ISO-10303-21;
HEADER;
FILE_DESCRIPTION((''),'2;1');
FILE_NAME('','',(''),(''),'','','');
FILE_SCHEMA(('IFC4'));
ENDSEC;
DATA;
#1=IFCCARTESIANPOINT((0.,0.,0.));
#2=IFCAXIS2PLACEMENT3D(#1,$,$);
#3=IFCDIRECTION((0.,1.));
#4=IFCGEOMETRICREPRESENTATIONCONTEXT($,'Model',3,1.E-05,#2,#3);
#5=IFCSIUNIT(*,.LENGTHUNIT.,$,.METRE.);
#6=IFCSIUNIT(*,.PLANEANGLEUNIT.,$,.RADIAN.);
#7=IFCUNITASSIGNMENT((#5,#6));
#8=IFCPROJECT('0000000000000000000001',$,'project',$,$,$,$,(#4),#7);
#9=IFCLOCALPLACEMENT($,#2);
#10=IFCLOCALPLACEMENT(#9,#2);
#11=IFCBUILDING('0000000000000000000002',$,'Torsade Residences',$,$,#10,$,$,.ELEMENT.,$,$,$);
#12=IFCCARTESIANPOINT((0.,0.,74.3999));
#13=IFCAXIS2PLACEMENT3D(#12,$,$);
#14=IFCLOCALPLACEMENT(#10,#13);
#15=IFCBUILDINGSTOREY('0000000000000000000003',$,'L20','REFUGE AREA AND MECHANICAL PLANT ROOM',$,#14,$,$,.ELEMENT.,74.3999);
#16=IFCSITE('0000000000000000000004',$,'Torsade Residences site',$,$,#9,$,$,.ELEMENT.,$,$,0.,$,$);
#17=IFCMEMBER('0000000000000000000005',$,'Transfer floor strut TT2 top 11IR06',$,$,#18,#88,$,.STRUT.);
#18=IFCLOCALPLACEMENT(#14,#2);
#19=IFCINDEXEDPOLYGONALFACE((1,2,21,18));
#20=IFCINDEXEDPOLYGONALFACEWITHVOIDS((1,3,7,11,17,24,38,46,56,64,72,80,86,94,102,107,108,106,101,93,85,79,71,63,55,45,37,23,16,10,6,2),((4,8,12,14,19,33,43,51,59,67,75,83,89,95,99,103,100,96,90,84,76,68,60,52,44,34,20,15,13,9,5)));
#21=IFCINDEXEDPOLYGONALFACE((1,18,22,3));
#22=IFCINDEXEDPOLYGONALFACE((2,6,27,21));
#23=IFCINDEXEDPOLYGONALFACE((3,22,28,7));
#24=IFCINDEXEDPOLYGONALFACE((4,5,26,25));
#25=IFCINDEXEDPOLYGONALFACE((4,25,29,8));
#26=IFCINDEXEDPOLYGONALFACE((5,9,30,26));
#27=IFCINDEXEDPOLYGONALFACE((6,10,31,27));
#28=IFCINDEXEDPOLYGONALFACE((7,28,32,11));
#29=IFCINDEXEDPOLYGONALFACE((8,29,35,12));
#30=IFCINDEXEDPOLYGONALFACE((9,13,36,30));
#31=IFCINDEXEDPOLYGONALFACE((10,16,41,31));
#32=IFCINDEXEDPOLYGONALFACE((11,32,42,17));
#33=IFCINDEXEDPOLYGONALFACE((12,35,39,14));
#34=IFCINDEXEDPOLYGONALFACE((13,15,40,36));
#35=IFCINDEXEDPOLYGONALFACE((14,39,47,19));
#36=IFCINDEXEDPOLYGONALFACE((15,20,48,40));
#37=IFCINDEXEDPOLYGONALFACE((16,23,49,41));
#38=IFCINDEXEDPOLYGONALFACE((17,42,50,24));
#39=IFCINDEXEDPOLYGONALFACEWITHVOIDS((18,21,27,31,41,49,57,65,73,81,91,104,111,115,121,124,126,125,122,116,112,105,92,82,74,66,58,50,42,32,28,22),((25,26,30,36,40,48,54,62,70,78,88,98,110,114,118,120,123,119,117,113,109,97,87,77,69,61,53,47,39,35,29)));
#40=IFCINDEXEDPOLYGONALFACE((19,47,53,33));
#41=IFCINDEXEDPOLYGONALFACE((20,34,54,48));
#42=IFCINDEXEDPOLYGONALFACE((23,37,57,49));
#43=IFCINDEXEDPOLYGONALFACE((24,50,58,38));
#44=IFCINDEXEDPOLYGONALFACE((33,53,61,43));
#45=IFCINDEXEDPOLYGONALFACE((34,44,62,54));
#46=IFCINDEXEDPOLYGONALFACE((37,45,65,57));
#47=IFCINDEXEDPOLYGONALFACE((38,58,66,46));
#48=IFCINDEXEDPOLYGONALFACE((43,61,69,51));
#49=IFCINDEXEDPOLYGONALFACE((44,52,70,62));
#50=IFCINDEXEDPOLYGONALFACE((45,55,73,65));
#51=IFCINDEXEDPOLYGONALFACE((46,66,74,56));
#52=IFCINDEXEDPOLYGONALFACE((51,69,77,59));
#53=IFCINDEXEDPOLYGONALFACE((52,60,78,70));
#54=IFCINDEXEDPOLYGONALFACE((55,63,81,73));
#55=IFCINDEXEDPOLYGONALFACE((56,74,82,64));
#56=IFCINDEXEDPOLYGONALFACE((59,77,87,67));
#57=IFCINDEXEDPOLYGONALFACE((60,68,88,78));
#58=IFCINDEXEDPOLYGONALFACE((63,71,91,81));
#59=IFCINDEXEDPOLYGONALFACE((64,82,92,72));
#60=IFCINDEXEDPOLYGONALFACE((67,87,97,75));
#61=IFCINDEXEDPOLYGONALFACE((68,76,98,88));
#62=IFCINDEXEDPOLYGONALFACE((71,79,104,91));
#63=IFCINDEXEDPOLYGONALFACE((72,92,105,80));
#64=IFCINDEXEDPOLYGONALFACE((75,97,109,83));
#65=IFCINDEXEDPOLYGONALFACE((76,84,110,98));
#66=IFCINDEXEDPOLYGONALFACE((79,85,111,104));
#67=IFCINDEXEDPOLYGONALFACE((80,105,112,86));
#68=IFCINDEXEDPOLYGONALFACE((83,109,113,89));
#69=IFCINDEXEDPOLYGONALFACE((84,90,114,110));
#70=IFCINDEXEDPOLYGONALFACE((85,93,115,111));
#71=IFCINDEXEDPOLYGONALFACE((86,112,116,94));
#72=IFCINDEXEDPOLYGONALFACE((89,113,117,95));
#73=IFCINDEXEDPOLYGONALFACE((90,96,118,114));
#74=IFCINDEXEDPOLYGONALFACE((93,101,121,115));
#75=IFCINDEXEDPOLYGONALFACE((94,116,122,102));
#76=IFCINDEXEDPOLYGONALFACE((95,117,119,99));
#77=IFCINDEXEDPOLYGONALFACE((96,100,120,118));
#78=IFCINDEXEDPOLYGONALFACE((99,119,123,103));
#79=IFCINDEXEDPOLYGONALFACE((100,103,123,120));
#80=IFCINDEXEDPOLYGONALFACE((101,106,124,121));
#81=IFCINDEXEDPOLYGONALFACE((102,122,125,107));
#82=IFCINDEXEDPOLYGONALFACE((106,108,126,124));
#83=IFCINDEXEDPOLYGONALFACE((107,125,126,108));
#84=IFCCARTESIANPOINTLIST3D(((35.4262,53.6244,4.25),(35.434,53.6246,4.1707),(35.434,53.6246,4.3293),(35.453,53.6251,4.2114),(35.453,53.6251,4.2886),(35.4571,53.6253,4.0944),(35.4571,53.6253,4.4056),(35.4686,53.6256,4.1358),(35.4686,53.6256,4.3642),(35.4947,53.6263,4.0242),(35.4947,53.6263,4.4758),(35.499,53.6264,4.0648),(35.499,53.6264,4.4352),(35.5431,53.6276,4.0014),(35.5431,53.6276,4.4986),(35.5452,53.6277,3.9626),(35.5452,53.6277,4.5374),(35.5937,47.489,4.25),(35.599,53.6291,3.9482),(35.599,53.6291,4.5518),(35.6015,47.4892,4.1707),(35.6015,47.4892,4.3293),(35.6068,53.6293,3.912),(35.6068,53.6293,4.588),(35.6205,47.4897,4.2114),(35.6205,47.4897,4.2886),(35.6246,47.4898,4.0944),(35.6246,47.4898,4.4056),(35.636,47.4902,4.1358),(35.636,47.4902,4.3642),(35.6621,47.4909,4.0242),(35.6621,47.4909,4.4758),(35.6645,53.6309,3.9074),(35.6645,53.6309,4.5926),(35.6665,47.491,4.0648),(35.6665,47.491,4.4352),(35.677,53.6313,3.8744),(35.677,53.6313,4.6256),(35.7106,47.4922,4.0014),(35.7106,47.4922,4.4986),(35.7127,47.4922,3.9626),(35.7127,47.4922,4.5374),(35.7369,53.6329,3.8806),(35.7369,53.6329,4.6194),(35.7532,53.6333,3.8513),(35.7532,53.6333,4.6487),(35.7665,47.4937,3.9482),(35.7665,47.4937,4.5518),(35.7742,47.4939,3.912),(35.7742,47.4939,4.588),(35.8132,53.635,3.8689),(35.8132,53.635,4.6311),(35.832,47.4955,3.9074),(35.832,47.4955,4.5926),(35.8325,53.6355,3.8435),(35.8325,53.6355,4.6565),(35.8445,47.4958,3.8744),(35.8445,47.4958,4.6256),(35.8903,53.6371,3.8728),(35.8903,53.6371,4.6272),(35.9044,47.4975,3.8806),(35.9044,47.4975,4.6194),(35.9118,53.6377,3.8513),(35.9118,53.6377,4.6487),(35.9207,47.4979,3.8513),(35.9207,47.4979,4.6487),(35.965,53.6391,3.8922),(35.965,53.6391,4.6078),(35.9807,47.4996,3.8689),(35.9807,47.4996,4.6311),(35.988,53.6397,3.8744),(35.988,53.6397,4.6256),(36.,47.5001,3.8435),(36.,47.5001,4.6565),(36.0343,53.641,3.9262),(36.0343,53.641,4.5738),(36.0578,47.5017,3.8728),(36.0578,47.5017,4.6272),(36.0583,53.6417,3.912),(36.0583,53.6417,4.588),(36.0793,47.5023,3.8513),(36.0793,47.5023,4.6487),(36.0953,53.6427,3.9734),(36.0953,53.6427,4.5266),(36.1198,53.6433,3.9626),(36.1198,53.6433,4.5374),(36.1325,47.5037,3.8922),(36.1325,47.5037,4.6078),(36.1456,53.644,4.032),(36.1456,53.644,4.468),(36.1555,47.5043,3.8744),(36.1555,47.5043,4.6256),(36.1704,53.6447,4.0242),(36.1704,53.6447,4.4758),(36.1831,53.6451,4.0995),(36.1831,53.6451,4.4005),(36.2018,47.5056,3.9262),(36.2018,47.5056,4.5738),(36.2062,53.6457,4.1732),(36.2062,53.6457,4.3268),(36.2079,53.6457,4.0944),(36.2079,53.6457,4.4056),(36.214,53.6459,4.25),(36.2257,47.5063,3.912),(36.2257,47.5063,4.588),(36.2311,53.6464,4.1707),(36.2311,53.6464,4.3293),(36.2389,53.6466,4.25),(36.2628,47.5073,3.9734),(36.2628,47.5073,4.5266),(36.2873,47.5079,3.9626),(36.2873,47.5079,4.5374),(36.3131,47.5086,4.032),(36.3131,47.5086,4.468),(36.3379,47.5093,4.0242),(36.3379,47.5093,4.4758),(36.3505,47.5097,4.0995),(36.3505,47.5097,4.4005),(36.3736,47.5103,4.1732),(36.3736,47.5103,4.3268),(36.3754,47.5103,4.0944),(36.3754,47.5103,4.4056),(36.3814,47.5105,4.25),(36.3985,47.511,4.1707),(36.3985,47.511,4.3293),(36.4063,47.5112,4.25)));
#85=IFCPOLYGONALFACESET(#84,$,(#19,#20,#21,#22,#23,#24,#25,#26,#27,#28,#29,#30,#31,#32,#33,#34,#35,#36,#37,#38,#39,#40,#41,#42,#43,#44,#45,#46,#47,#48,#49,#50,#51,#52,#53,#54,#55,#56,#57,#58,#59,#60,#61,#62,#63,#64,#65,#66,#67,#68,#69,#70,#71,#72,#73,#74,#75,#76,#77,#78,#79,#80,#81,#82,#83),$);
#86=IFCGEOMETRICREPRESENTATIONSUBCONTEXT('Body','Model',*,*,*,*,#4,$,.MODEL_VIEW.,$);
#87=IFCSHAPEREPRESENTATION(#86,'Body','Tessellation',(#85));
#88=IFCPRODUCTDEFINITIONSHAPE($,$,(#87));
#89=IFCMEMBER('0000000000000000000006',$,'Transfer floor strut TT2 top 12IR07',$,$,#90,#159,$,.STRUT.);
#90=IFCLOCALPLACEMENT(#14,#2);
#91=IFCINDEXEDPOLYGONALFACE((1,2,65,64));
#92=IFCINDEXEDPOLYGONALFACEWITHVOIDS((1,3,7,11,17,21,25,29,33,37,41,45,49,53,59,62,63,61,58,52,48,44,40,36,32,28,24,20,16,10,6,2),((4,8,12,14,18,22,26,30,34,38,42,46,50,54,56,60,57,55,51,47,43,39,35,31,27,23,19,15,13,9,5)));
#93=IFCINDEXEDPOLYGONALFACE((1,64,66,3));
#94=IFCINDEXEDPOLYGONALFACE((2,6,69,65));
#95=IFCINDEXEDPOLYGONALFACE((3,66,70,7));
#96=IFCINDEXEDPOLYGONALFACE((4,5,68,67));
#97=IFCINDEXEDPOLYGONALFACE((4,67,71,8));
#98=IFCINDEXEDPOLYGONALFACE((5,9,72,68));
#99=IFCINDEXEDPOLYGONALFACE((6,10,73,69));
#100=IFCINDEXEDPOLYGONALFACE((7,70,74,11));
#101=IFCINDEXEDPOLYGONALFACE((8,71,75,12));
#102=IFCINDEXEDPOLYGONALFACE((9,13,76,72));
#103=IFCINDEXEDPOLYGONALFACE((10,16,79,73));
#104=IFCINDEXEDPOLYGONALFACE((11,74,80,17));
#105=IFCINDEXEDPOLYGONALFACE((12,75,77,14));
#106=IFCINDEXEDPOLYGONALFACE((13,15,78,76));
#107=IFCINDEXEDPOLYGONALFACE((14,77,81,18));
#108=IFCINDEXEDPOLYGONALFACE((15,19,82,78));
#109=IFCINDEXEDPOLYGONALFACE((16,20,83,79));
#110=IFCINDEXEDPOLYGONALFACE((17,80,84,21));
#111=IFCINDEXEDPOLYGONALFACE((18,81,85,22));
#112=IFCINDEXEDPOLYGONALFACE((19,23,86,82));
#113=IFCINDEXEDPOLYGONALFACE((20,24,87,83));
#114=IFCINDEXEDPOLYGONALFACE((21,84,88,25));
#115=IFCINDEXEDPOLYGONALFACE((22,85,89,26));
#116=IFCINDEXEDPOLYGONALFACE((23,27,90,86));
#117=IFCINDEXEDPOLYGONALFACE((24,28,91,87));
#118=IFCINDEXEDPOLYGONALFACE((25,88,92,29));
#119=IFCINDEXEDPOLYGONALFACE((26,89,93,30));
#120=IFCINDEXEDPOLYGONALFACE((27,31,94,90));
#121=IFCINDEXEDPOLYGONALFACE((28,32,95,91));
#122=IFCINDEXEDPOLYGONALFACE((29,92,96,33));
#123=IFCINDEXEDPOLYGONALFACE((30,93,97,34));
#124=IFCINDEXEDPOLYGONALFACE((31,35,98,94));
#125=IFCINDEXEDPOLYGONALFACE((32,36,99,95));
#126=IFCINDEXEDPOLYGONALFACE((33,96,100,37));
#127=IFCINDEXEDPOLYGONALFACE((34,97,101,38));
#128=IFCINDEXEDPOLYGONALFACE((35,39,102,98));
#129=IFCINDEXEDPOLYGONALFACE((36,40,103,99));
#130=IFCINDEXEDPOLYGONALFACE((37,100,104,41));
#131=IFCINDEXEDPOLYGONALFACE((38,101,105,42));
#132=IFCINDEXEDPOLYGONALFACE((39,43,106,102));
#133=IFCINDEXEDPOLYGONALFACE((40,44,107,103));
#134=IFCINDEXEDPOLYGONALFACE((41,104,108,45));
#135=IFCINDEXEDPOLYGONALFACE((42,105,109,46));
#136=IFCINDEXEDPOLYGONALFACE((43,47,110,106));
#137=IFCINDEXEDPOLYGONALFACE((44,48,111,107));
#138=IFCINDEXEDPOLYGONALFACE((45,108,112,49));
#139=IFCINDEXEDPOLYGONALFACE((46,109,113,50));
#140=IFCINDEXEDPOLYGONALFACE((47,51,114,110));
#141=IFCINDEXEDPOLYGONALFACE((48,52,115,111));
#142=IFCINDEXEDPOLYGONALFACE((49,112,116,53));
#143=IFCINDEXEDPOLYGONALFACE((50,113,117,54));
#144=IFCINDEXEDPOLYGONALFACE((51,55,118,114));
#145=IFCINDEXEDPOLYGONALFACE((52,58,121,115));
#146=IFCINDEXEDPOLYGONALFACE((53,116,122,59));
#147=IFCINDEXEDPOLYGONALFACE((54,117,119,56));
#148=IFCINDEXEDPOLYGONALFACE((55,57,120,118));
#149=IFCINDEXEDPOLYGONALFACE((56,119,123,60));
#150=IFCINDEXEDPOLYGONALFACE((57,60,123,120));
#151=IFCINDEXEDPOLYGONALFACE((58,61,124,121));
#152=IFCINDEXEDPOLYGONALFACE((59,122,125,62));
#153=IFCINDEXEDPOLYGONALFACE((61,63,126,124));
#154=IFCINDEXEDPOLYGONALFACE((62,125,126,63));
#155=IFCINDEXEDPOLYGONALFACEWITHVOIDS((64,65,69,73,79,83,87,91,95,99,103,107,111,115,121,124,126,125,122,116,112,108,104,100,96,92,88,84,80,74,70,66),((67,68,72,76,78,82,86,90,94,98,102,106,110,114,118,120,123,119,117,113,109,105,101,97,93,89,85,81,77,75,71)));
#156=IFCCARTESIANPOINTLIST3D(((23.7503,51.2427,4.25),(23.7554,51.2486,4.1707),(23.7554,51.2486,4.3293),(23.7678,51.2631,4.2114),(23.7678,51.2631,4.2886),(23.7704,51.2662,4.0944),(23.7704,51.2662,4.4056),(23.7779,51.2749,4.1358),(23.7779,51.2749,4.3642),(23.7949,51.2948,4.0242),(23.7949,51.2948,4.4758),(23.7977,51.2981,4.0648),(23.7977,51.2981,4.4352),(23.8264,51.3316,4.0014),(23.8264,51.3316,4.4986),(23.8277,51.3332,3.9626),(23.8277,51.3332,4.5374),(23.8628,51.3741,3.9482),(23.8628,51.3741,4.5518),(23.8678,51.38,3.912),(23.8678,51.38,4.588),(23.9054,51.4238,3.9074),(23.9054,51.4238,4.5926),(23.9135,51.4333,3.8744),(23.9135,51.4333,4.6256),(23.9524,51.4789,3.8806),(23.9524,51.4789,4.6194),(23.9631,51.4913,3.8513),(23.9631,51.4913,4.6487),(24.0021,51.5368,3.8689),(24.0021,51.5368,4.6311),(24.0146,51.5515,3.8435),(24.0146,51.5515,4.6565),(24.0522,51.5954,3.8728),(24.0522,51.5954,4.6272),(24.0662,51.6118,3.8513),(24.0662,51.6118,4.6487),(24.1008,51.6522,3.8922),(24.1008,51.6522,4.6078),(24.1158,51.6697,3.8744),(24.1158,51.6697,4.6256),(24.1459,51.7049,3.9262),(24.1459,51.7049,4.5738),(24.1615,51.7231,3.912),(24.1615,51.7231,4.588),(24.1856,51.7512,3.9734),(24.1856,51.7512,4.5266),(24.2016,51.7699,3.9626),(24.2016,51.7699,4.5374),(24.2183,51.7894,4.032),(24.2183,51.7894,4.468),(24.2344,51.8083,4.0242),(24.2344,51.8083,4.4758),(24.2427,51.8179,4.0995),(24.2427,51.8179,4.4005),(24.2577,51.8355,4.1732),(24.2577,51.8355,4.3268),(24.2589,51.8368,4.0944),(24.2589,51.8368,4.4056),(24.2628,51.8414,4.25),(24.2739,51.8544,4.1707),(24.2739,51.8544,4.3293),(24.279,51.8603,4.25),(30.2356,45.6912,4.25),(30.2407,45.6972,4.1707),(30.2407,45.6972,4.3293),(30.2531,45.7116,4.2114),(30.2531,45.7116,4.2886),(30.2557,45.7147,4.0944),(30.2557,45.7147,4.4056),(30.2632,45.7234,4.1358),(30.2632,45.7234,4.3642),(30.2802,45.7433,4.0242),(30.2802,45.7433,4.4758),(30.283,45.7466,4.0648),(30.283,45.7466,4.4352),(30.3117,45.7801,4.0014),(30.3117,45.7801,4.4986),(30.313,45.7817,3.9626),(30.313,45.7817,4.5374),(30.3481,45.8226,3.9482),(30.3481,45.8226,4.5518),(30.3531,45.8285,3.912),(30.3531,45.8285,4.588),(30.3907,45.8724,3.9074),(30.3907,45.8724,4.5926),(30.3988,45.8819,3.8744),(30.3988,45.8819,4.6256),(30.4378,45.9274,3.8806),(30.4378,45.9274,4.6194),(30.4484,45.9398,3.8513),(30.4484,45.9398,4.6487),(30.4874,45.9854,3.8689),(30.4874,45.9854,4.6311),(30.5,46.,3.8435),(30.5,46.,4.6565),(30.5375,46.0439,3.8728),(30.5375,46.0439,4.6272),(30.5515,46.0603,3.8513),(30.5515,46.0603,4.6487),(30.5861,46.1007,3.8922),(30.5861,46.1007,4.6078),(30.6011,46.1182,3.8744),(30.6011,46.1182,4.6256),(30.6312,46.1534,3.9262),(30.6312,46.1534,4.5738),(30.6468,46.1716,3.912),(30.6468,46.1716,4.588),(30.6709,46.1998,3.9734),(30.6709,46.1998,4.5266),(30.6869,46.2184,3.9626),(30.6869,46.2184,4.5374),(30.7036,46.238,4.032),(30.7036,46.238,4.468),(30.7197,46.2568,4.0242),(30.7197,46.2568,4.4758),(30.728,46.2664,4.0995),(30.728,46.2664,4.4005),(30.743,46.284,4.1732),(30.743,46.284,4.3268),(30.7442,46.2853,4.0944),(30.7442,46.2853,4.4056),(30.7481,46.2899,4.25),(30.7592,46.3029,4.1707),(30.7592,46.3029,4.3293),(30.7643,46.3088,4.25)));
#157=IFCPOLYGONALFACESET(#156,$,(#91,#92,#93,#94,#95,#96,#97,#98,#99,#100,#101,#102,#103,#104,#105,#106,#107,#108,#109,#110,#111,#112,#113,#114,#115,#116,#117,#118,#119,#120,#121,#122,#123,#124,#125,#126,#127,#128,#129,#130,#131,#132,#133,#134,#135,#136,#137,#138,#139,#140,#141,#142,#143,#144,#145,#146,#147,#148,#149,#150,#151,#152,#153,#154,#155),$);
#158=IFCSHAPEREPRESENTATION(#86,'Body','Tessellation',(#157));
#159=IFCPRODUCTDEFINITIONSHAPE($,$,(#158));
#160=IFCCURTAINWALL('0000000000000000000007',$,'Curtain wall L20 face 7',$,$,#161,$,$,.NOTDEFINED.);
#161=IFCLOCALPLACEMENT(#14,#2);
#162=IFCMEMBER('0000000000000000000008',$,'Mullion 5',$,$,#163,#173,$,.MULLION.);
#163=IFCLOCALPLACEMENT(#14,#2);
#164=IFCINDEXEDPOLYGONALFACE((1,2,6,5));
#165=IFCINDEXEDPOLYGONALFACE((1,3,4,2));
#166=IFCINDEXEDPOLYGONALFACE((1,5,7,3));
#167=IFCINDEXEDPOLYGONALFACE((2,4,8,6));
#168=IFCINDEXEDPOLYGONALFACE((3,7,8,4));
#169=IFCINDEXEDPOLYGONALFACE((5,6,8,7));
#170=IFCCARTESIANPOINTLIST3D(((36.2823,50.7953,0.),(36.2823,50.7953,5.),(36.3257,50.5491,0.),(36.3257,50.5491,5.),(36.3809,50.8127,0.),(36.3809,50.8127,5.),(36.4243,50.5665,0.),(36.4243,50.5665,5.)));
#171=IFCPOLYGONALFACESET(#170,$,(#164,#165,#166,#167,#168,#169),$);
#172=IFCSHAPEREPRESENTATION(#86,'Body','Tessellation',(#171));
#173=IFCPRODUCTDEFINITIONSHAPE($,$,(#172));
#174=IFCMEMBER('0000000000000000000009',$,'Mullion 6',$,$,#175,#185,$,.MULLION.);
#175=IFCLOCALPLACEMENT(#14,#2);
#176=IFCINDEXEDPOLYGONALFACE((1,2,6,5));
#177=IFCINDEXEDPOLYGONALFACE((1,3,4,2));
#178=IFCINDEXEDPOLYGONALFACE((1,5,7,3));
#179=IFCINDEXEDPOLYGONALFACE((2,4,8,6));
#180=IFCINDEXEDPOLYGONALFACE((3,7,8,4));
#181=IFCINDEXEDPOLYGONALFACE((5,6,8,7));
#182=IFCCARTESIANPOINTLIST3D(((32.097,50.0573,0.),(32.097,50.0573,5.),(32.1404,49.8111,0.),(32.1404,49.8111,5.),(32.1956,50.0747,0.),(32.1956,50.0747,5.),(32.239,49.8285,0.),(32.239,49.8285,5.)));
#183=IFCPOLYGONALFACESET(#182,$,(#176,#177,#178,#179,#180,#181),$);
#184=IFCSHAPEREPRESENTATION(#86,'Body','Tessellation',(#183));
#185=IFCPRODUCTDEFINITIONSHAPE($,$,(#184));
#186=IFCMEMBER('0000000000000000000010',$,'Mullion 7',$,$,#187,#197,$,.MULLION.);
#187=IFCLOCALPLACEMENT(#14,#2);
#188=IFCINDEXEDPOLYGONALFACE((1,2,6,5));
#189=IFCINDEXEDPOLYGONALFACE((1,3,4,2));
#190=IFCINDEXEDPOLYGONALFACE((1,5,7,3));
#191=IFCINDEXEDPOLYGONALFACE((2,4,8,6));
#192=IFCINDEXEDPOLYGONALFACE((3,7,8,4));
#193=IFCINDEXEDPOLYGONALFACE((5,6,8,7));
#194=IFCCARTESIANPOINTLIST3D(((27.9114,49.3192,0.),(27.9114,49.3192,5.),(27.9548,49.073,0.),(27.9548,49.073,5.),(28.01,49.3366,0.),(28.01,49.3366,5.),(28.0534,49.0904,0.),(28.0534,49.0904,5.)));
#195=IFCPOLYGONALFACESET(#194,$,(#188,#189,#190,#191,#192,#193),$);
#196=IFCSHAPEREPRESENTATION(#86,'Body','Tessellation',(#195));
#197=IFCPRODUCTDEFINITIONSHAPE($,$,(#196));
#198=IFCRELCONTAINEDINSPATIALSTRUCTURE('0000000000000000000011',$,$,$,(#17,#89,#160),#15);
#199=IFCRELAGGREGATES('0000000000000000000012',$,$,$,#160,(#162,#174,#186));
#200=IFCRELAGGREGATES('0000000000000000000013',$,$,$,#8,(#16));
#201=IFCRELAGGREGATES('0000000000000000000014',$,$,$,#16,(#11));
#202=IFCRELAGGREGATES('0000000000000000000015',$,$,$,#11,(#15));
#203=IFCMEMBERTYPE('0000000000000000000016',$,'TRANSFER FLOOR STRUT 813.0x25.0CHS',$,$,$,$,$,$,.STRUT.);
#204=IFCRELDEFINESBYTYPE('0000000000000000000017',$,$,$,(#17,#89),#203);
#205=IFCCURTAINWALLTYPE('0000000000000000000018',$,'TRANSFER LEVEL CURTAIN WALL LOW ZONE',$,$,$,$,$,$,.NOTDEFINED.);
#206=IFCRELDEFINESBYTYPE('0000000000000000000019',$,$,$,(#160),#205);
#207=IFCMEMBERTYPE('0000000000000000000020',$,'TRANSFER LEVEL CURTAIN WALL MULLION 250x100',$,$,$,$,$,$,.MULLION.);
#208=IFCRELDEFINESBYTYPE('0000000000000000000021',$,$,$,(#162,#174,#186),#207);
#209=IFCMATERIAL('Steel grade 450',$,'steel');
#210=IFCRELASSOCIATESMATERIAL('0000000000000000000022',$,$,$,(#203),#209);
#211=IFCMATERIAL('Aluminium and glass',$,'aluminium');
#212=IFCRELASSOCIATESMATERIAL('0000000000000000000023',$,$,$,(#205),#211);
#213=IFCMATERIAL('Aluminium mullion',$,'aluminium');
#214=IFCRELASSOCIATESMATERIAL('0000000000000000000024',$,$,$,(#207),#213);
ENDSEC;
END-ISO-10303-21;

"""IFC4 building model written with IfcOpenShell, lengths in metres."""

from ifc_helpers import new_model, si_unit, direction, frame, origin, origin_2d, place, context, subcontext, project, spatial, rectangle, hollow_circle, extrude, material, material_profile, profile_set, type_object, element, aggregate, save


model = new_model("IFC4")

# Units and contexts
model_context = context("Model", 3, precision=1e-05, world=origin(), true_north=direction((0.0, 1.0)))
body_context = subcontext(model_context, "Body", "Model", "MODEL_VIEW")
ifc_project = project(units=[si_unit("LENGTHUNIT", "METRE"), si_unit("PLANEANGLEUNIT", "RADIAN")], contexts=[model_context])

# Site, building, storey
site_placement = place(None, origin())
site = spatial("IfcSite", under=ifc_project, at=site_placement, Name="Torsade Residences site", CompositionType="ELEMENT", RefElevation=0.0)
building_placement = place(site_placement, origin())
building = spatial("IfcBuilding", under=site, at=building_placement, Name="Torsade Residences", CompositionType="ELEMENT")
storey_placement = place(building_placement, frame((0.0, 0.0, 74.3999)))
storey = spatial("IfcBuildingStorey", under=building, at=storey_placement, Name="L20", Description="REFUGE AREA AND MECHANICAL PLANT ROOM", CompositionType="ELEMENT", Elevation=74.3999)

# Members
ifc_material_1 = material(Name="Steel grade 450", Category="steel")
ifc_material_profile_1 = material_profile(ifc_material_1, hollow_circle(Radius=0.4065, WallThickness=0.0249, at=origin_2d()), Name="813.0x25.0CHS")
ifc_profile_set_1 = profile_set([ifc_material_profile_1], Name="Steel grade 450")
member_type_1 = type_object("IfcMemberType", Name="TRANSFER FLOOR STRUT 813.0x25.0CHS", PredefinedType="STRUT", material=ifc_profile_set_1)
member_1_placement = place(storey_placement, frame((35.8325, 53.6355, 4.25), z_axis=(0.027287, -0.999628, 0.0), x_axis=(0.999628, 0.027287, 0.0)))
element("IfcMember", 1, at=member_1_placement, inside=storey, type_object=member_type_1, Name="Transfer floor strut TT2 top 11IR06", PredefinedType="STRUT", context=body_context, shape_type="SweptSolid", body=[
    extrude(hollow_circle(Radius=0.4065, WallThickness=0.0249, at=origin_2d()), origin(), (0.0, 0.0, 1.0), 6.1377),
])
member_2_placement = place(storey_placement, frame((24.0146, 51.5515, 4.25), z_axis=(0.759682, -0.650294, 0.0), x_axis=(0.650294, 0.759682, 0.0)))
element("IfcMember", 2, at=member_2_placement, inside=storey, type_object=member_type_1, Name="Transfer floor strut TT2 top 12IR07", PredefinedType="STRUT", context=body_context, shape_type="SweptSolid", body=[
    extrude(hollow_circle(Radius=0.4065, WallThickness=0.0249, at=origin_2d()), origin(), (0.0, 0.0, 1.0), 8.5369),
])

# Curtain wall, members
ifc_material_2 = material(Name="Aluminium and glass", Category="aluminium")
curtain_wall_type = type_object("IfcCurtainWallType", Name="TRANSFER LEVEL CURTAIN WALL LOW ZONE", PredefinedType="NOTDEFINED", material=ifc_material_2)
curtain_wall_placement = place(storey_placement, origin())
curtain_wall = element("IfcCurtainWall", 3, at=curtain_wall_placement, inside=storey, type_object=curtain_wall_type, Name="Curtain wall L20 face 7", PredefinedType="NOTDEFINED")
ifc_material_3 = material(Name="Aluminium mullion", Category="aluminium")
ifc_material_profile_2 = material_profile(ifc_material_3, rectangle(XDim=0.25, YDim=0.1001, at=origin_2d()), Name="TRANSFER LEVEL CURTAIN WALL MULLION 250x100")
ifc_profile_set_2 = profile_set([ifc_material_profile_2], Name="Aluminium mullion")
member_type_2 = type_object("IfcMemberType", Name="TRANSFER LEVEL CURTAIN WALL MULLION 250x100", PredefinedType="MULLION", material=ifc_profile_set_2)
member_3_placement = place(storey_placement, frame((36.3533, 50.6809, 0.0), z_axis=(0.0, 0.0, 1.0), x_axis=(0.173648, -0.984808, 0.0)))
member_3 = element("IfcMember", 4, at=member_3_placement, type_object=member_type_2, Name="Mullion 5", PredefinedType="MULLION", context=body_context, shape_type="SweptSolid", body=[
    extrude(rectangle(XDim=0.25, YDim=0.1001, at=origin_2d()), origin(), (0.0, 0.0, 1.0), 5.0),
])
member_4_placement = place(storey_placement, frame((32.168, 49.9429, 0.0), z_axis=(0.0, 0.0, 1.0), x_axis=(0.173648, -0.984808, 0.0)))
member_4 = element("IfcMember", 5, at=member_4_placement, type_object=member_type_2, Name="Mullion 6", PredefinedType="MULLION", context=body_context, shape_type="SweptSolid", body=[
    extrude(rectangle(XDim=0.25, YDim=0.1001, at=origin_2d()), origin(), (0.0, 0.0, 1.0), 5.0),
])
member_5_placement = place(storey_placement, frame((27.9824, 49.2048, 0.0), z_axis=(0.0, 0.0, 1.0), x_axis=(0.173648, -0.984808, 0.0)))
member_5 = element("IfcMember", 6, at=member_5_placement, type_object=member_type_2, Name="Mullion 7", PredefinedType="MULLION", context=body_context, shape_type="SweptSolid", body=[
    extrude(rectangle(XDim=0.25, YDim=0.1001, at=origin_2d()), origin(), (0.0, 0.0, 1.0), 5.0),
])

aggregate(curtain_wall, [member_3, member_4, member_5])

save(model, "model.ifc")
